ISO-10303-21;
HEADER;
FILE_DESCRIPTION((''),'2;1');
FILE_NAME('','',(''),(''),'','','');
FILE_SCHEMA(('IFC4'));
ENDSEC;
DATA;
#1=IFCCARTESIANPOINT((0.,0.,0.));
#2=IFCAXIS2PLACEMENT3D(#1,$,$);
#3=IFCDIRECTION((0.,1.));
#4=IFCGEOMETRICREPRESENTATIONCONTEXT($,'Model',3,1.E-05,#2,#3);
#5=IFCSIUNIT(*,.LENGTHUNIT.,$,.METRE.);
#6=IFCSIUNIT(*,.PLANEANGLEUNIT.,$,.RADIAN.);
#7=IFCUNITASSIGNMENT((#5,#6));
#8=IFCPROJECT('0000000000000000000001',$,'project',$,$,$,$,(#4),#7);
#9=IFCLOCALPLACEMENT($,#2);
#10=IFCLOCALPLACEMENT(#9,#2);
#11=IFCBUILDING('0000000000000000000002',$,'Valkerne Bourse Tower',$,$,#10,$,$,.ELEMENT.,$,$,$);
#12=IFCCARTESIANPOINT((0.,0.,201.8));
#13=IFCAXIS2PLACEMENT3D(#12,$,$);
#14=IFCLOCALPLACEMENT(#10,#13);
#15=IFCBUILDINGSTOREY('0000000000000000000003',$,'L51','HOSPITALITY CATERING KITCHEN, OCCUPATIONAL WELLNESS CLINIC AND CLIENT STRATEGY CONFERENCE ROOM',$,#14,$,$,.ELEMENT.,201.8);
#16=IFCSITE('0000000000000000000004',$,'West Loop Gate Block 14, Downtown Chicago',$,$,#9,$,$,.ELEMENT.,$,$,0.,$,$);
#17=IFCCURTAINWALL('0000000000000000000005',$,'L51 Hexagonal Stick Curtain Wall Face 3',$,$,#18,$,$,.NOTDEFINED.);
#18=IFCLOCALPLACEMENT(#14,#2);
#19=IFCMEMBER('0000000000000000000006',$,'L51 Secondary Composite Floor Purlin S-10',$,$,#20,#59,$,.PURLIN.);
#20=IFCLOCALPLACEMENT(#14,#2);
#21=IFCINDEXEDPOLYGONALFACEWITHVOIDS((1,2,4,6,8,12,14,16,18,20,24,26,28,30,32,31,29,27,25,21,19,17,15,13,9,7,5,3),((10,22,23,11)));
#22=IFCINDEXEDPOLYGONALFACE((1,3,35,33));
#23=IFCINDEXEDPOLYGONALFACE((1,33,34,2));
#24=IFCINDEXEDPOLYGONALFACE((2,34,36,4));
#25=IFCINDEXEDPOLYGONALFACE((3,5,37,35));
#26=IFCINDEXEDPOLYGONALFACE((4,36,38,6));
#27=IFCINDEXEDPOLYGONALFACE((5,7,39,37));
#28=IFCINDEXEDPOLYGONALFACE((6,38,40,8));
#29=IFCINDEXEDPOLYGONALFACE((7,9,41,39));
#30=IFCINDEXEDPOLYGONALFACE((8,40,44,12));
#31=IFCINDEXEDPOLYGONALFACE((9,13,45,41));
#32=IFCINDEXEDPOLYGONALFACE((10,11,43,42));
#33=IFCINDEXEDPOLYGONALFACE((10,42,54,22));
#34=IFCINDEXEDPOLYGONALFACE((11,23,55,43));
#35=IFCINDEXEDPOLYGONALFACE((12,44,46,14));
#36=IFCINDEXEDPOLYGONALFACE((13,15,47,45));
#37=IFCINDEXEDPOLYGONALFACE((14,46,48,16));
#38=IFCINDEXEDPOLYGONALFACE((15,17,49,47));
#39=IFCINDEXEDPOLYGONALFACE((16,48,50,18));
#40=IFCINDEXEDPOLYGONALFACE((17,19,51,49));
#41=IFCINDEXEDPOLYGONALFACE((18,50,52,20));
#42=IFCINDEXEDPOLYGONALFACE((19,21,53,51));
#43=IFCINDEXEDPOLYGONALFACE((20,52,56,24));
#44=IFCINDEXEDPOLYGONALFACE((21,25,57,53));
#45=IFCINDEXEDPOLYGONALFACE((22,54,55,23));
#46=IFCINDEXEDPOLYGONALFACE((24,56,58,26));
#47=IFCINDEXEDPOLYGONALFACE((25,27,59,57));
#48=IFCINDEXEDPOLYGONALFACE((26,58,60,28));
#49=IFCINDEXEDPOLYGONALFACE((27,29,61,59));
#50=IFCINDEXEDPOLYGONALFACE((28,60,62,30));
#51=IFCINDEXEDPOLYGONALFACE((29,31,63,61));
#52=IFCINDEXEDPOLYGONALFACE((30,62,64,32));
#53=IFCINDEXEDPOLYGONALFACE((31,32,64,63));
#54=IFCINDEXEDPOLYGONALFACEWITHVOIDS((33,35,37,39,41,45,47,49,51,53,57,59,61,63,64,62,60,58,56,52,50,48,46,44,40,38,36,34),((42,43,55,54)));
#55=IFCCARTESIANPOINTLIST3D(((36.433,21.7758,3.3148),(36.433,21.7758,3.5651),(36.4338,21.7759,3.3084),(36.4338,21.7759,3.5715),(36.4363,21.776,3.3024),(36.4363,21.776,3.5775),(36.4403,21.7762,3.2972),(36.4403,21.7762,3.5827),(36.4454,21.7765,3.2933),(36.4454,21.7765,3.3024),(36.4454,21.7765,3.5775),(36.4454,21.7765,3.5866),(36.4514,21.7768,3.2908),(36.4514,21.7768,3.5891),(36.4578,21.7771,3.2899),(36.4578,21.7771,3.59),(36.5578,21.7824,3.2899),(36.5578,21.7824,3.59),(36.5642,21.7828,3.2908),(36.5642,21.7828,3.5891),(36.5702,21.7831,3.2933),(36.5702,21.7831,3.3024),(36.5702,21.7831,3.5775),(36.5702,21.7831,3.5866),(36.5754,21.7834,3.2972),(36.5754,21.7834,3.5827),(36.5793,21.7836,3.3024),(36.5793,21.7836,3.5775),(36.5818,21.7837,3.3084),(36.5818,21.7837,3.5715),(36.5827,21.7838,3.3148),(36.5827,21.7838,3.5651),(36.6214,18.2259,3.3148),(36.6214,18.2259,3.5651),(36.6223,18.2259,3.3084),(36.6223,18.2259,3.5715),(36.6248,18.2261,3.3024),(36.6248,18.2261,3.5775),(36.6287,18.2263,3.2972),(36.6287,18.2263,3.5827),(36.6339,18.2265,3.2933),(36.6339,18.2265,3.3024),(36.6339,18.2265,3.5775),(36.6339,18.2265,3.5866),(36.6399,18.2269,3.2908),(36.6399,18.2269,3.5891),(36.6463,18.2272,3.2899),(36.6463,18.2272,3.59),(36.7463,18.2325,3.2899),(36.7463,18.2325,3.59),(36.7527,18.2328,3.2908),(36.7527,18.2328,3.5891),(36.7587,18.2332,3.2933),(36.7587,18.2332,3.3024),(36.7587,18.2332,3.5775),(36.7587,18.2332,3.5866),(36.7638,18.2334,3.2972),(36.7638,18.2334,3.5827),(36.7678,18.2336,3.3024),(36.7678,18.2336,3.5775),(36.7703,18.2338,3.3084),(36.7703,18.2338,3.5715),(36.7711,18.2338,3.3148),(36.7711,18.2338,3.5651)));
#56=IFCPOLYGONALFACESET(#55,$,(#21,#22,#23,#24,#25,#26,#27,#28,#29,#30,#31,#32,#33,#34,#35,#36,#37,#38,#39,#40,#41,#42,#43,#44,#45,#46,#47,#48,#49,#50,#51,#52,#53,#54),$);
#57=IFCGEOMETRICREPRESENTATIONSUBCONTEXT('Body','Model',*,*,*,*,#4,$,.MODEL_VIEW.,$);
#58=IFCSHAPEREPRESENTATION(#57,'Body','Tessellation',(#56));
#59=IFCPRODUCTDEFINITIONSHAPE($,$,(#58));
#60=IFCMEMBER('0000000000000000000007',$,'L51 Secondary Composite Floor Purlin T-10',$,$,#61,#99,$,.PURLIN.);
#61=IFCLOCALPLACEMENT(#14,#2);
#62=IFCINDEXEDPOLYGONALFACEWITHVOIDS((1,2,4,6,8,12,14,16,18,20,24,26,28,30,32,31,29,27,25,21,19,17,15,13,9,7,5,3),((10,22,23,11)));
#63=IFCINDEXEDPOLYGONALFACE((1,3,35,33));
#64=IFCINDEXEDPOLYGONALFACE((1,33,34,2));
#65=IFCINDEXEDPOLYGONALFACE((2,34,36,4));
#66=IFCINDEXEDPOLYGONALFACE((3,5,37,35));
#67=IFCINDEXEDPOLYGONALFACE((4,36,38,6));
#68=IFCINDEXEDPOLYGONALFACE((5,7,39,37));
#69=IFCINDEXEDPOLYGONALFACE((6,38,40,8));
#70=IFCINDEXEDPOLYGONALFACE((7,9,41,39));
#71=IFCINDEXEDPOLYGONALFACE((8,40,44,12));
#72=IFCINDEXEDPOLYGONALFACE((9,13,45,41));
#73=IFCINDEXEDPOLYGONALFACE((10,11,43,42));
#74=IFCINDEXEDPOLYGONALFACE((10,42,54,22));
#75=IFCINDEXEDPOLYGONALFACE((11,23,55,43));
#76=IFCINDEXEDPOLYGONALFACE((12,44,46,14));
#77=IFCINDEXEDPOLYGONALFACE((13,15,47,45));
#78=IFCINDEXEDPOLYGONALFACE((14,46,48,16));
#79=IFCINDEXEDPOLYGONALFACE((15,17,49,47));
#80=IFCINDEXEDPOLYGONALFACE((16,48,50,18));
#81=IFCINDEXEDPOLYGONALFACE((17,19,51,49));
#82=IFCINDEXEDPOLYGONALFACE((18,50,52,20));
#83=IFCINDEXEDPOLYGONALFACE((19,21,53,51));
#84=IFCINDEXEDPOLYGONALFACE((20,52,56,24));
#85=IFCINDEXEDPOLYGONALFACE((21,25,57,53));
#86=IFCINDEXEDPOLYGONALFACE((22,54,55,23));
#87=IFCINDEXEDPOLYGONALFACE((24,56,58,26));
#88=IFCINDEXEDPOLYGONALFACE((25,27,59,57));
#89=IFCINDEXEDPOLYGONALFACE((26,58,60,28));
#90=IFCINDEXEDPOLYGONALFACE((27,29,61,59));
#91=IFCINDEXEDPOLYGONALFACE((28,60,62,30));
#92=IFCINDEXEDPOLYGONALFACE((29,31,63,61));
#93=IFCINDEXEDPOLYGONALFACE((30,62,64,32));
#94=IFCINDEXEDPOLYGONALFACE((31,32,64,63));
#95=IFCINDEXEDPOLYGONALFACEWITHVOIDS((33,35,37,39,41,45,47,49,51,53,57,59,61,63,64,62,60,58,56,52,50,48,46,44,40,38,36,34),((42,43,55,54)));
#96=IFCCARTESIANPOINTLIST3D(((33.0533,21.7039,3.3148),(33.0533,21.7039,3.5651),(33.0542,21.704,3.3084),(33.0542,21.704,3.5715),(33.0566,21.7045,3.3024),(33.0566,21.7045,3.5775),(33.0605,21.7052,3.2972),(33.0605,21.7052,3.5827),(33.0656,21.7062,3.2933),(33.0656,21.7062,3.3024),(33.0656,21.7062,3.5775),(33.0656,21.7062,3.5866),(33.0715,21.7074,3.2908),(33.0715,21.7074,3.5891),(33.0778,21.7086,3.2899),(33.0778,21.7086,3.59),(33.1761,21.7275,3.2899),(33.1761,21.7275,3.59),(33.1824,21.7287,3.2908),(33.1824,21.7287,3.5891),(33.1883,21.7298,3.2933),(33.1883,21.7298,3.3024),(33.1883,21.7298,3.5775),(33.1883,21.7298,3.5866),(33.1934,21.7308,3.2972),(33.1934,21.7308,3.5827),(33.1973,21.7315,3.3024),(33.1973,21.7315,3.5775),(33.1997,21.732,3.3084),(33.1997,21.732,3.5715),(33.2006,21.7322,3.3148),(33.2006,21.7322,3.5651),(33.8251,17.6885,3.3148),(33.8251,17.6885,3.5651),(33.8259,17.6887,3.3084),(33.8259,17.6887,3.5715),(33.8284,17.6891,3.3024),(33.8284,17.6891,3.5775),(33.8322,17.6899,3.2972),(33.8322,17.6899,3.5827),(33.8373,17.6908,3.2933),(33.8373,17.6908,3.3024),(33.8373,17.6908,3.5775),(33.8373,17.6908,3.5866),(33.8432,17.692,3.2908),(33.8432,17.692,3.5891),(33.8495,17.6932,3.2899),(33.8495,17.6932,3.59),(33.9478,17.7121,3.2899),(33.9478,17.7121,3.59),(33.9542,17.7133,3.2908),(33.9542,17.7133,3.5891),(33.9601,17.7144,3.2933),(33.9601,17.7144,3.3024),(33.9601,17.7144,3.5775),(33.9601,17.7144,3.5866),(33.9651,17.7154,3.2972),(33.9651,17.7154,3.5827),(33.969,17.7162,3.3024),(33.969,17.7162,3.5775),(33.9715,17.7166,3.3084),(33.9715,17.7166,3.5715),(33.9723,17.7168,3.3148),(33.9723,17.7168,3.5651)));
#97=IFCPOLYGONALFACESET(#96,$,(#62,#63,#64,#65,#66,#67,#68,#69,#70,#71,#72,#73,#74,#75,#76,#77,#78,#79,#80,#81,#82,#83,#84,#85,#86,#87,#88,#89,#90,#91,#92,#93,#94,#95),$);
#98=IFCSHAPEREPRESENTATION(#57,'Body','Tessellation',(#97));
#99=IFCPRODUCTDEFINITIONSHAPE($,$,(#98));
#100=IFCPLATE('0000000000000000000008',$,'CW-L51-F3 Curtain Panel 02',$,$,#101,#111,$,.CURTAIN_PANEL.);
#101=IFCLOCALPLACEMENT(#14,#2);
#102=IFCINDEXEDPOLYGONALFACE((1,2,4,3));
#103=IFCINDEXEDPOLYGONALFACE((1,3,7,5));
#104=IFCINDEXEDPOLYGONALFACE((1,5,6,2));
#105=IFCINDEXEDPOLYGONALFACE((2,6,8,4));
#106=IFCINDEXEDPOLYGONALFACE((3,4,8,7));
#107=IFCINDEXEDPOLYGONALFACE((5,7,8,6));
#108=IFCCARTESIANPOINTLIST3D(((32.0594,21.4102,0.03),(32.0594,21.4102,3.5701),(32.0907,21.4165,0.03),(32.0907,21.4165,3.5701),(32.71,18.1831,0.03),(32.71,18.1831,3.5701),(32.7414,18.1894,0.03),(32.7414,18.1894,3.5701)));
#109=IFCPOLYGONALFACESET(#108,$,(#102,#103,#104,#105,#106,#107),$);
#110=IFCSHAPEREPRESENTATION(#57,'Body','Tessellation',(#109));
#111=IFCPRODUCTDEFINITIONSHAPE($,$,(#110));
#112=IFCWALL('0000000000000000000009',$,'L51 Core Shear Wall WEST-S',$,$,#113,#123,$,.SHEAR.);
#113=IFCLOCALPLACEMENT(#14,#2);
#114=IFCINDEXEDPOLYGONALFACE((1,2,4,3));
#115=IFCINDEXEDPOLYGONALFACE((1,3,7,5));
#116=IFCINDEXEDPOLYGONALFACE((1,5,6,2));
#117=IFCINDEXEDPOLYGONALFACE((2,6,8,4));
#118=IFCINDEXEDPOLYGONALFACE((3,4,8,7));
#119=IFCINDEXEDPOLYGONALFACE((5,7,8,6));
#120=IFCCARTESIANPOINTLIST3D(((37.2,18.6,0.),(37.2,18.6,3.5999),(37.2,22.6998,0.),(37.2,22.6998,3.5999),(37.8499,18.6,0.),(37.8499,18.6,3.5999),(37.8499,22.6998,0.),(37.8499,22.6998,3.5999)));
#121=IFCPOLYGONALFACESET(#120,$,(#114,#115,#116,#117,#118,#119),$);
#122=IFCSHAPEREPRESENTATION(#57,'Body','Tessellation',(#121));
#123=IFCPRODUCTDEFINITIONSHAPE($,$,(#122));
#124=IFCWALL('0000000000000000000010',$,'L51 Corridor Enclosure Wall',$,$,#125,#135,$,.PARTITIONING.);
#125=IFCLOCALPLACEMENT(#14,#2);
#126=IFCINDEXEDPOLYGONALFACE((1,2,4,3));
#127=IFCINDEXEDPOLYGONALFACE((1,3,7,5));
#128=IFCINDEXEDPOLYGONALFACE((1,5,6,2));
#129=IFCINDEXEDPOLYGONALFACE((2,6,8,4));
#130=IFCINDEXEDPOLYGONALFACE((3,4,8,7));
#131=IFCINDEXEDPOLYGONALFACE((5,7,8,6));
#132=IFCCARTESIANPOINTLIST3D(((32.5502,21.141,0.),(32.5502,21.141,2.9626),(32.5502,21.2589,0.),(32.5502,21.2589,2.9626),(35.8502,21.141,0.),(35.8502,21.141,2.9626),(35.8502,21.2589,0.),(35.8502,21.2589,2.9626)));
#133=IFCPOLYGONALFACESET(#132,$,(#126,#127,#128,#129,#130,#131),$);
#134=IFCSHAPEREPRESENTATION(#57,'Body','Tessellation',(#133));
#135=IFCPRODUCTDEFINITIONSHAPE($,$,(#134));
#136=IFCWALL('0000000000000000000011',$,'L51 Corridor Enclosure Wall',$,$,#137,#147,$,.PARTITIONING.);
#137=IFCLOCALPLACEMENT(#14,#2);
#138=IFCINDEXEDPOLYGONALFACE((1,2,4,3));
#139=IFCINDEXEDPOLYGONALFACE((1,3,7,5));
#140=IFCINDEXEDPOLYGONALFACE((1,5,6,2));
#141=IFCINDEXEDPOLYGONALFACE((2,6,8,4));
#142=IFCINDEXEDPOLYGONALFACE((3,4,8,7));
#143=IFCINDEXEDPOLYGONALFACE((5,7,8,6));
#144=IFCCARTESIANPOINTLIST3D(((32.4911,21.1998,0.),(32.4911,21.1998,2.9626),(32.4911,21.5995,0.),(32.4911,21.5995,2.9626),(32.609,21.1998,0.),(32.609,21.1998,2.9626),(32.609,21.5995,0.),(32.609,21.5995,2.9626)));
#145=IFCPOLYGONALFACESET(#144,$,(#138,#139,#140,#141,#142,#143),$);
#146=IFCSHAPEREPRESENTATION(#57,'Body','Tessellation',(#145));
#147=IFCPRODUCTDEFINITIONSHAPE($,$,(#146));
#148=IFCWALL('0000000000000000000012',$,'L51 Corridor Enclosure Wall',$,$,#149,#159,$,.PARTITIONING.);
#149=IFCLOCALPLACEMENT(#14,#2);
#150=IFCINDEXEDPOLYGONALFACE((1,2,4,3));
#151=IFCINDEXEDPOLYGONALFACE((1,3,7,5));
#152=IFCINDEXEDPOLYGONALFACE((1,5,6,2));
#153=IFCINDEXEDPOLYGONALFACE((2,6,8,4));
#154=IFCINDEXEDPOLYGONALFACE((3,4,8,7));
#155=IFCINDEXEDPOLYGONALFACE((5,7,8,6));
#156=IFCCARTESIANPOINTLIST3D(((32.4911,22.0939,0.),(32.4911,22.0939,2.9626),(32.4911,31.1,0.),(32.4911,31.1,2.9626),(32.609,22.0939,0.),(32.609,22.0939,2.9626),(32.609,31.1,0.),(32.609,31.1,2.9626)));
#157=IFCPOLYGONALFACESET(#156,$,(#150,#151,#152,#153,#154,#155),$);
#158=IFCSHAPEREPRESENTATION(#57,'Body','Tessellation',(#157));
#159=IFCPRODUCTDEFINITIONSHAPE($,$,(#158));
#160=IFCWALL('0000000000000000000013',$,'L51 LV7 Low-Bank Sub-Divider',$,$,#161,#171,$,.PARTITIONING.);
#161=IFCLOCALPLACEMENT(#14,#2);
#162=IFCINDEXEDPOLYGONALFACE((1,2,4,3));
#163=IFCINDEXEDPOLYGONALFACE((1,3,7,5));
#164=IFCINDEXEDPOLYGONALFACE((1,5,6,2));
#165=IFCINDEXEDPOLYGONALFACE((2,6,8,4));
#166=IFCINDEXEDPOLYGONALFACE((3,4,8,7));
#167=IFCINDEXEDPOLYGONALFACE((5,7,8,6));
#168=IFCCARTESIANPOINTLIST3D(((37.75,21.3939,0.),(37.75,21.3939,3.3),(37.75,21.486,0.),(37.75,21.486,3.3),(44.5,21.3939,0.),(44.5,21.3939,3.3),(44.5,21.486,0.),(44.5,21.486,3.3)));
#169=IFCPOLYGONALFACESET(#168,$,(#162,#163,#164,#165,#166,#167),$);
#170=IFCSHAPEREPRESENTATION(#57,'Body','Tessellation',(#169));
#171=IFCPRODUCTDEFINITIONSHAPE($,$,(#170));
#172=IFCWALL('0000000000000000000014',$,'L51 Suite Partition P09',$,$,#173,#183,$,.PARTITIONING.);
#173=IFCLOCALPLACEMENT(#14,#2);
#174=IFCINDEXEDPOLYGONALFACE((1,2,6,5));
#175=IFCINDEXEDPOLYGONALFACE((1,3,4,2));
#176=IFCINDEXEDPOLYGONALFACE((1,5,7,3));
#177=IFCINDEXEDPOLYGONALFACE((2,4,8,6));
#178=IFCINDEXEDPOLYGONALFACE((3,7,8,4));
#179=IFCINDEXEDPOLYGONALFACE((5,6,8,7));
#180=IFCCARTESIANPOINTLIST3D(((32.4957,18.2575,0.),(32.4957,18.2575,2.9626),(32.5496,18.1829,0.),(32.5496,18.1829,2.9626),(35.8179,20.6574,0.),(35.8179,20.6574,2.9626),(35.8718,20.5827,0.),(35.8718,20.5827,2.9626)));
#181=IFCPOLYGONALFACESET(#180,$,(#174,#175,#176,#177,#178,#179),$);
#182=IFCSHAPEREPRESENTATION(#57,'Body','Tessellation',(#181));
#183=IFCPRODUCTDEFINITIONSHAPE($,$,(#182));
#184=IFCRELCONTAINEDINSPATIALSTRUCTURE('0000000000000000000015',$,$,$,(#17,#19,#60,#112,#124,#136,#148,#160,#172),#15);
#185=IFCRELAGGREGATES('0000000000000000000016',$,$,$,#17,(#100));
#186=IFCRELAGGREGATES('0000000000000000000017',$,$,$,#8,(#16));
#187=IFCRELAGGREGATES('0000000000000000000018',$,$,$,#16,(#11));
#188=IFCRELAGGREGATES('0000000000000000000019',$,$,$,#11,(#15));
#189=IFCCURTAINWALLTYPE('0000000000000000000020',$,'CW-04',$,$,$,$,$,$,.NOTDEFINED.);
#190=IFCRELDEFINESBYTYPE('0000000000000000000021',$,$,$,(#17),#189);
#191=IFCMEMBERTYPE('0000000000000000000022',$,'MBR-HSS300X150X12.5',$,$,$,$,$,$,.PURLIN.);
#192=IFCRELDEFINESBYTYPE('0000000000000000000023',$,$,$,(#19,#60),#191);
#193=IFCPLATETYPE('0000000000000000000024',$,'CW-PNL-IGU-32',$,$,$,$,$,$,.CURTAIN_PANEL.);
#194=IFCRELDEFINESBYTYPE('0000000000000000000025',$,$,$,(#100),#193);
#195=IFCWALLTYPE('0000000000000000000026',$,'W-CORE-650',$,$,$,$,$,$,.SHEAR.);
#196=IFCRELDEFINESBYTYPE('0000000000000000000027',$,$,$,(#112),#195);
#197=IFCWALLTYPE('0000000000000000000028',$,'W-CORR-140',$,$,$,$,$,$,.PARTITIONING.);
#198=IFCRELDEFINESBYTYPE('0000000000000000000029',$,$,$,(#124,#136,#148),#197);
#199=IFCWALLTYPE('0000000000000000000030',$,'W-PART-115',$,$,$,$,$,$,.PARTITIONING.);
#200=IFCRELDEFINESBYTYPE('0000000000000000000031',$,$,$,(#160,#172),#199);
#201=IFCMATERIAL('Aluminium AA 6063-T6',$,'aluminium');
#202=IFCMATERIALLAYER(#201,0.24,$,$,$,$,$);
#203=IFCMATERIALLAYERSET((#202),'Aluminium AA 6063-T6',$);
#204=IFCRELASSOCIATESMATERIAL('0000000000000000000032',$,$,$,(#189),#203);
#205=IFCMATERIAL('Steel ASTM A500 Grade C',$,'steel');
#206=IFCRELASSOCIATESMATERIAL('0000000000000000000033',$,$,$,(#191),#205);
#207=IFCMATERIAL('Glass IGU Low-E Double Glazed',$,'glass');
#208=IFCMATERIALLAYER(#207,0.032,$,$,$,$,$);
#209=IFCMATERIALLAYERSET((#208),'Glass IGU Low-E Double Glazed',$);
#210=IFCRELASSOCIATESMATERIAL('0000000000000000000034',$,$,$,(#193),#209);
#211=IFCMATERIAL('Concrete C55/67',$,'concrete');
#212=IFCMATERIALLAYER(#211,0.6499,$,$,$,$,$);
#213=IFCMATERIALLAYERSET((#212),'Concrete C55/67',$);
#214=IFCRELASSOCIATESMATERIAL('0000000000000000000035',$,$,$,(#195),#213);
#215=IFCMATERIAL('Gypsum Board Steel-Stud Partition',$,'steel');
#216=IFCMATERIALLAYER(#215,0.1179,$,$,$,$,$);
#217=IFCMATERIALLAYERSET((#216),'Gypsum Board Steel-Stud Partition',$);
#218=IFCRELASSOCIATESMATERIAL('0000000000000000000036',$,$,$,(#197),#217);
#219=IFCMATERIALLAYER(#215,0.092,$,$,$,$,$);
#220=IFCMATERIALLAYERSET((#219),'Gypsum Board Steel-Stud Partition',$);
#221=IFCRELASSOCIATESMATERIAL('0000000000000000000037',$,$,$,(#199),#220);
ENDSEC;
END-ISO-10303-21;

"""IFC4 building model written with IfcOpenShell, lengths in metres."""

from ifc_helpers import new_model, si_unit, direction, frame, frame_2d, origin, origin_2d, place, context, subcontext, project, spatial, rectangle, hollow_rectangle, extrude, material, layer, layer_set, material_profile, profile_set, type_object, element, aggregate, save


model = new_model("IFC4")

# Units and contexts
model_context = context("Model", 3, precision=1e-05, world=origin(), true_north=direction((0.0, 1.0)))
body_context = subcontext(model_context, "Body", "Model", "MODEL_VIEW")
ifc_project = project(units=[si_unit("LENGTHUNIT", "METRE"), si_unit("PLANEANGLEUNIT", "RADIAN")], contexts=[model_context])

# Site, building, storey
site_placement = place(None, origin())
site = spatial("IfcSite", under=ifc_project, at=site_placement, Name="West Loop Gate Block 14, Downtown Chicago", CompositionType="ELEMENT", RefElevation=0.0)
building_placement = place(site_placement, origin())
building = spatial("IfcBuilding", under=site, at=building_placement, Name="Valkerne Bourse Tower", CompositionType="ELEMENT")
storey_placement = place(building_placement, frame((0.0, 0.0, 201.8)))
storey = spatial("IfcBuildingStorey", under=building, at=storey_placement, Name="L51", Description="HOSPITALITY CATERING KITCHEN, OCCUPATIONAL WELLNESS CLINIC AND CLIENT STRATEGY CONFERENCE ROOM", CompositionType="ELEMENT", Elevation=201.8)

# Curtain wall
ifc_material_1 = material(Name="Aluminium AA 6063-T6", Category="aluminium")
ifc_layer_1 = layer(ifc_material_1, 0.24)
ifc_layer_set_1 = layer_set([ifc_layer_1], Name="Aluminium AA 6063-T6")
curtain_wall_type = type_object("IfcCurtainWallType", Name="CW-04", PredefinedType="NOTDEFINED", material=ifc_layer_set_1)
curtain_wall_placement = place(storey_placement, origin())
curtain_wall = element("IfcCurtainWall", 1, at=curtain_wall_placement, inside=storey, type_object=curtain_wall_type, Name="L51 Hexagonal Stick Curtain Wall Face 3", PredefinedType="NOTDEFINED")

# Members
ifc_material_2 = material(Name="Steel ASTM A500 Grade C", Category="steel")
ifc_material_profile_1 = material_profile(ifc_material_2, hollow_rectangle(XDim=0.1499, YDim=0.3, WallThickness=0.0125, OuterFilletRadius=0.0249, at=origin_2d()), Name="HSS300X150X12.5")
ifc_profile_set_1 = profile_set([ifc_material_profile_1], Name="Steel ASTM A500 Grade C")
member_type_1 = type_object("IfcMemberType", Name="MBR-HSS300X150X12.5", PredefinedType="PURLIN", material=ifc_profile_set_1)
member_1_placement = place(storey_placement, frame((36.5078, 21.7798, 3.4399), z_axis=(0.053017, -0.998594, 0.0), x_axis=(0.998594, 0.053017, 0.0)))
element("IfcMember", 2, at=member_1_placement, inside=storey, type_object=member_type_1, Name="L51 Secondary Composite Floor Purlin S-10", PredefinedType="PURLIN", context=body_context, shape_type="SweptSolid", body=[
    extrude(hollow_rectangle(XDim=0.1499, YDim=0.3, WallThickness=0.0125, OuterFilletRadius=0.0249, at=origin_2d()), origin(), (0.0, 0.0, 1.0), 3.5549),
])
member_2_placement = place(storey_placement, frame((33.127, 21.718, 3.4399), z_axis=(0.188739, -0.982027, 0.0), x_axis=(0.982027, 0.188739, 0.0)))
element("IfcMember", 3, at=member_2_placement, inside=storey, type_object=member_type_1, Name="L51 Secondary Composite Floor Purlin T-10", PredefinedType="PURLIN", context=body_context, shape_type="SweptSolid", body=[
    extrude(hollow_rectangle(XDim=0.1499, YDim=0.3, WallThickness=0.0125, OuterFilletRadius=0.0249, at=origin_2d()), origin(), (0.0, 0.0, 1.0), 4.0889),
])

# Plate
ifc_material_3 = material(Name="Glass IGU Low-E Double Glazed", Category="glass")
ifc_layer_2 = layer(ifc_material_3, 0.032)
ifc_layer_set_2 = layer_set([ifc_layer_2], Name="Glass IGU Low-E Double Glazed")
plate_type = type_object("IfcPlateType", Name="CW-PNL-IGU-32", PredefinedType="CURTAIN_PANEL", material=ifc_layer_set_2)
plate_placement = place(storey_placement, frame((32.4004, 19.7998, 0.03), z_axis=(0.0, 0.0, 1.0), x_axis=(0.19765, -0.980273, 0.0)))
plate = element("IfcPlate", 4, at=plate_placement, type_object=plate_type, Name="CW-L51-F3 Curtain Panel 02", PredefinedType="CURTAIN_PANEL", context=body_context, shape_type="SweptSolid", body=[
    extrude(rectangle(XDim=3.292, YDim=0.032, at=origin_2d()), origin(), (0.0, 0.0, 1.0), 3.54),
])
aggregate(curtain_wall, [plate])

# Shared definitions
ifc_material_4 = material(Name="Concrete C55/67", Category="concrete")
ifc_layer_3 = layer(ifc_material_4, 0.6499)
ifc_layer_set_3 = layer_set([ifc_layer_3], Name="Concrete C55/67")
wall_type_1 = type_object("IfcWallType", Name="W-CORE-650", PredefinedType="SHEAR", material=ifc_layer_set_3)

# Walls
wall_1_placement = place(storey_placement, frame((37.5249, 18.6001, 0.0), z_axis=(0.0, 0.0, 1.0), x_axis=(0.0, 1.0, 0.0)))
element("IfcWall", 5, at=wall_1_placement, inside=storey, type_object=wall_type_1, Name="L51 Core Shear Wall WEST-S", PredefinedType="SHEAR", context=body_context, shape_type="SweptSolid", body=[
    extrude(rectangle(XDim=4.0999, YDim=0.6499, at=frame_2d((2.0498, 0.0))), origin(), (0.0, 0.0, 1.0), 3.5999),
])
ifc_material_5 = material(Name="Gypsum Board Steel-Stud Partition", Category="steel")
ifc_layer_4 = layer(ifc_material_5, 0.1179)
ifc_layer_set_4 = layer_set([ifc_layer_4], Name="Gypsum Board Steel-Stud Partition")
wall_type_2 = type_object("IfcWallType", Name="W-CORR-140", PredefinedType="PARTITIONING", material=ifc_layer_set_4)
wall_2_placement = place(storey_placement, frame((35.8501, 21.2, 0.0), z_axis=(0.0, 0.0, 1.0), x_axis=(-1.0, 0.0, 0.0)))
element("IfcWall", 6, at=wall_2_placement, inside=storey, type_object=wall_type_2, Name="L51 Corridor Enclosure Wall", PredefinedType="PARTITIONING", context=body_context, shape_type="SweptSolid", body=[
    extrude(rectangle(XDim=3.3, YDim=0.1179, at=frame_2d((1.6499, 0.0))), origin(), (0.0, 0.0, 1.0), 2.9626),
])
wall_3_placement = place(storey_placement, frame((32.55, 21.2, 0.0), z_axis=(0.0, 0.0, 1.0), x_axis=(0.0, 1.0, 0.0)))
element("IfcWall", 7, at=wall_3_placement, inside=storey, type_object=wall_type_2, Name="L51 Corridor Enclosure Wall", PredefinedType="PARTITIONING", context=body_context, shape_type="SweptSolid", body=[
    extrude(rectangle(XDim=0.3997, YDim=0.1179, at=frame_2d((0.1997, 0.0))), origin(), (0.0, 0.0, 1.0), 2.9626),
])
wall_4_placement = place(storey_placement, frame((32.55, 22.094, 0.0), z_axis=(0.0, 0.0, 1.0), x_axis=(0.0, 1.0, 0.0)))
element("IfcWall", 8, at=wall_4_placement, inside=storey, type_object=wall_type_2, Name="L51 Corridor Enclosure Wall", PredefinedType="PARTITIONING", context=body_context, shape_type="SweptSolid", body=[
    extrude(rectangle(XDim=9.0061, YDim=0.1179, at=frame_2d((4.5029, 0.0))), origin(), (0.0, 0.0, 1.0), 2.9626),
])
ifc_layer_5 = layer(ifc_material_5, 0.092)
ifc_layer_set_5 = layer_set([ifc_layer_5], Name="Gypsum Board Steel-Stud Partition")
wall_type_3 = type_object("IfcWallType", Name="W-PART-115", PredefinedType="PARTITIONING", material=ifc_layer_set_5)
wall_5_placement = place(storey_placement, frame((37.75, 21.4399, 0.0), z_axis=(0.0, 0.0, 1.0), x_axis=(1.0, 0.0, 0.0)))
element("IfcWall", 9, at=wall_5_placement, inside=storey, type_object=wall_type_3, Name="L51 LV7 Low-Bank Sub-Divider", PredefinedType="PARTITIONING", context=body_context, shape_type="SweptSolid", body=[
    extrude(rectangle(XDim=6.75, YDim=0.092, at=frame_2d((3.375, 0.0))), origin(), (0.0, 0.0, 1.0), 3.3),
])
wall_6_placement = place(storey_placement, frame((35.845, 20.6201, 0.0), z_axis=(0.0, 0.0, 1.0), x_axis=(-0.810623, -0.585569, 0.0)))
element("IfcWall", 10, at=wall_6_placement, inside=storey, type_object=wall_type_3, Name="L51 Suite Partition P09", PredefinedType="PARTITIONING", context=body_context, shape_type="SweptSolid", body=[
    extrude(rectangle(XDim=4.0984, YDim=0.092, at=frame_2d((2.0493, 0.0))), origin(), (0.0, 0.0, 1.0), 2.9626),
])

save(model, "model.ifc")
